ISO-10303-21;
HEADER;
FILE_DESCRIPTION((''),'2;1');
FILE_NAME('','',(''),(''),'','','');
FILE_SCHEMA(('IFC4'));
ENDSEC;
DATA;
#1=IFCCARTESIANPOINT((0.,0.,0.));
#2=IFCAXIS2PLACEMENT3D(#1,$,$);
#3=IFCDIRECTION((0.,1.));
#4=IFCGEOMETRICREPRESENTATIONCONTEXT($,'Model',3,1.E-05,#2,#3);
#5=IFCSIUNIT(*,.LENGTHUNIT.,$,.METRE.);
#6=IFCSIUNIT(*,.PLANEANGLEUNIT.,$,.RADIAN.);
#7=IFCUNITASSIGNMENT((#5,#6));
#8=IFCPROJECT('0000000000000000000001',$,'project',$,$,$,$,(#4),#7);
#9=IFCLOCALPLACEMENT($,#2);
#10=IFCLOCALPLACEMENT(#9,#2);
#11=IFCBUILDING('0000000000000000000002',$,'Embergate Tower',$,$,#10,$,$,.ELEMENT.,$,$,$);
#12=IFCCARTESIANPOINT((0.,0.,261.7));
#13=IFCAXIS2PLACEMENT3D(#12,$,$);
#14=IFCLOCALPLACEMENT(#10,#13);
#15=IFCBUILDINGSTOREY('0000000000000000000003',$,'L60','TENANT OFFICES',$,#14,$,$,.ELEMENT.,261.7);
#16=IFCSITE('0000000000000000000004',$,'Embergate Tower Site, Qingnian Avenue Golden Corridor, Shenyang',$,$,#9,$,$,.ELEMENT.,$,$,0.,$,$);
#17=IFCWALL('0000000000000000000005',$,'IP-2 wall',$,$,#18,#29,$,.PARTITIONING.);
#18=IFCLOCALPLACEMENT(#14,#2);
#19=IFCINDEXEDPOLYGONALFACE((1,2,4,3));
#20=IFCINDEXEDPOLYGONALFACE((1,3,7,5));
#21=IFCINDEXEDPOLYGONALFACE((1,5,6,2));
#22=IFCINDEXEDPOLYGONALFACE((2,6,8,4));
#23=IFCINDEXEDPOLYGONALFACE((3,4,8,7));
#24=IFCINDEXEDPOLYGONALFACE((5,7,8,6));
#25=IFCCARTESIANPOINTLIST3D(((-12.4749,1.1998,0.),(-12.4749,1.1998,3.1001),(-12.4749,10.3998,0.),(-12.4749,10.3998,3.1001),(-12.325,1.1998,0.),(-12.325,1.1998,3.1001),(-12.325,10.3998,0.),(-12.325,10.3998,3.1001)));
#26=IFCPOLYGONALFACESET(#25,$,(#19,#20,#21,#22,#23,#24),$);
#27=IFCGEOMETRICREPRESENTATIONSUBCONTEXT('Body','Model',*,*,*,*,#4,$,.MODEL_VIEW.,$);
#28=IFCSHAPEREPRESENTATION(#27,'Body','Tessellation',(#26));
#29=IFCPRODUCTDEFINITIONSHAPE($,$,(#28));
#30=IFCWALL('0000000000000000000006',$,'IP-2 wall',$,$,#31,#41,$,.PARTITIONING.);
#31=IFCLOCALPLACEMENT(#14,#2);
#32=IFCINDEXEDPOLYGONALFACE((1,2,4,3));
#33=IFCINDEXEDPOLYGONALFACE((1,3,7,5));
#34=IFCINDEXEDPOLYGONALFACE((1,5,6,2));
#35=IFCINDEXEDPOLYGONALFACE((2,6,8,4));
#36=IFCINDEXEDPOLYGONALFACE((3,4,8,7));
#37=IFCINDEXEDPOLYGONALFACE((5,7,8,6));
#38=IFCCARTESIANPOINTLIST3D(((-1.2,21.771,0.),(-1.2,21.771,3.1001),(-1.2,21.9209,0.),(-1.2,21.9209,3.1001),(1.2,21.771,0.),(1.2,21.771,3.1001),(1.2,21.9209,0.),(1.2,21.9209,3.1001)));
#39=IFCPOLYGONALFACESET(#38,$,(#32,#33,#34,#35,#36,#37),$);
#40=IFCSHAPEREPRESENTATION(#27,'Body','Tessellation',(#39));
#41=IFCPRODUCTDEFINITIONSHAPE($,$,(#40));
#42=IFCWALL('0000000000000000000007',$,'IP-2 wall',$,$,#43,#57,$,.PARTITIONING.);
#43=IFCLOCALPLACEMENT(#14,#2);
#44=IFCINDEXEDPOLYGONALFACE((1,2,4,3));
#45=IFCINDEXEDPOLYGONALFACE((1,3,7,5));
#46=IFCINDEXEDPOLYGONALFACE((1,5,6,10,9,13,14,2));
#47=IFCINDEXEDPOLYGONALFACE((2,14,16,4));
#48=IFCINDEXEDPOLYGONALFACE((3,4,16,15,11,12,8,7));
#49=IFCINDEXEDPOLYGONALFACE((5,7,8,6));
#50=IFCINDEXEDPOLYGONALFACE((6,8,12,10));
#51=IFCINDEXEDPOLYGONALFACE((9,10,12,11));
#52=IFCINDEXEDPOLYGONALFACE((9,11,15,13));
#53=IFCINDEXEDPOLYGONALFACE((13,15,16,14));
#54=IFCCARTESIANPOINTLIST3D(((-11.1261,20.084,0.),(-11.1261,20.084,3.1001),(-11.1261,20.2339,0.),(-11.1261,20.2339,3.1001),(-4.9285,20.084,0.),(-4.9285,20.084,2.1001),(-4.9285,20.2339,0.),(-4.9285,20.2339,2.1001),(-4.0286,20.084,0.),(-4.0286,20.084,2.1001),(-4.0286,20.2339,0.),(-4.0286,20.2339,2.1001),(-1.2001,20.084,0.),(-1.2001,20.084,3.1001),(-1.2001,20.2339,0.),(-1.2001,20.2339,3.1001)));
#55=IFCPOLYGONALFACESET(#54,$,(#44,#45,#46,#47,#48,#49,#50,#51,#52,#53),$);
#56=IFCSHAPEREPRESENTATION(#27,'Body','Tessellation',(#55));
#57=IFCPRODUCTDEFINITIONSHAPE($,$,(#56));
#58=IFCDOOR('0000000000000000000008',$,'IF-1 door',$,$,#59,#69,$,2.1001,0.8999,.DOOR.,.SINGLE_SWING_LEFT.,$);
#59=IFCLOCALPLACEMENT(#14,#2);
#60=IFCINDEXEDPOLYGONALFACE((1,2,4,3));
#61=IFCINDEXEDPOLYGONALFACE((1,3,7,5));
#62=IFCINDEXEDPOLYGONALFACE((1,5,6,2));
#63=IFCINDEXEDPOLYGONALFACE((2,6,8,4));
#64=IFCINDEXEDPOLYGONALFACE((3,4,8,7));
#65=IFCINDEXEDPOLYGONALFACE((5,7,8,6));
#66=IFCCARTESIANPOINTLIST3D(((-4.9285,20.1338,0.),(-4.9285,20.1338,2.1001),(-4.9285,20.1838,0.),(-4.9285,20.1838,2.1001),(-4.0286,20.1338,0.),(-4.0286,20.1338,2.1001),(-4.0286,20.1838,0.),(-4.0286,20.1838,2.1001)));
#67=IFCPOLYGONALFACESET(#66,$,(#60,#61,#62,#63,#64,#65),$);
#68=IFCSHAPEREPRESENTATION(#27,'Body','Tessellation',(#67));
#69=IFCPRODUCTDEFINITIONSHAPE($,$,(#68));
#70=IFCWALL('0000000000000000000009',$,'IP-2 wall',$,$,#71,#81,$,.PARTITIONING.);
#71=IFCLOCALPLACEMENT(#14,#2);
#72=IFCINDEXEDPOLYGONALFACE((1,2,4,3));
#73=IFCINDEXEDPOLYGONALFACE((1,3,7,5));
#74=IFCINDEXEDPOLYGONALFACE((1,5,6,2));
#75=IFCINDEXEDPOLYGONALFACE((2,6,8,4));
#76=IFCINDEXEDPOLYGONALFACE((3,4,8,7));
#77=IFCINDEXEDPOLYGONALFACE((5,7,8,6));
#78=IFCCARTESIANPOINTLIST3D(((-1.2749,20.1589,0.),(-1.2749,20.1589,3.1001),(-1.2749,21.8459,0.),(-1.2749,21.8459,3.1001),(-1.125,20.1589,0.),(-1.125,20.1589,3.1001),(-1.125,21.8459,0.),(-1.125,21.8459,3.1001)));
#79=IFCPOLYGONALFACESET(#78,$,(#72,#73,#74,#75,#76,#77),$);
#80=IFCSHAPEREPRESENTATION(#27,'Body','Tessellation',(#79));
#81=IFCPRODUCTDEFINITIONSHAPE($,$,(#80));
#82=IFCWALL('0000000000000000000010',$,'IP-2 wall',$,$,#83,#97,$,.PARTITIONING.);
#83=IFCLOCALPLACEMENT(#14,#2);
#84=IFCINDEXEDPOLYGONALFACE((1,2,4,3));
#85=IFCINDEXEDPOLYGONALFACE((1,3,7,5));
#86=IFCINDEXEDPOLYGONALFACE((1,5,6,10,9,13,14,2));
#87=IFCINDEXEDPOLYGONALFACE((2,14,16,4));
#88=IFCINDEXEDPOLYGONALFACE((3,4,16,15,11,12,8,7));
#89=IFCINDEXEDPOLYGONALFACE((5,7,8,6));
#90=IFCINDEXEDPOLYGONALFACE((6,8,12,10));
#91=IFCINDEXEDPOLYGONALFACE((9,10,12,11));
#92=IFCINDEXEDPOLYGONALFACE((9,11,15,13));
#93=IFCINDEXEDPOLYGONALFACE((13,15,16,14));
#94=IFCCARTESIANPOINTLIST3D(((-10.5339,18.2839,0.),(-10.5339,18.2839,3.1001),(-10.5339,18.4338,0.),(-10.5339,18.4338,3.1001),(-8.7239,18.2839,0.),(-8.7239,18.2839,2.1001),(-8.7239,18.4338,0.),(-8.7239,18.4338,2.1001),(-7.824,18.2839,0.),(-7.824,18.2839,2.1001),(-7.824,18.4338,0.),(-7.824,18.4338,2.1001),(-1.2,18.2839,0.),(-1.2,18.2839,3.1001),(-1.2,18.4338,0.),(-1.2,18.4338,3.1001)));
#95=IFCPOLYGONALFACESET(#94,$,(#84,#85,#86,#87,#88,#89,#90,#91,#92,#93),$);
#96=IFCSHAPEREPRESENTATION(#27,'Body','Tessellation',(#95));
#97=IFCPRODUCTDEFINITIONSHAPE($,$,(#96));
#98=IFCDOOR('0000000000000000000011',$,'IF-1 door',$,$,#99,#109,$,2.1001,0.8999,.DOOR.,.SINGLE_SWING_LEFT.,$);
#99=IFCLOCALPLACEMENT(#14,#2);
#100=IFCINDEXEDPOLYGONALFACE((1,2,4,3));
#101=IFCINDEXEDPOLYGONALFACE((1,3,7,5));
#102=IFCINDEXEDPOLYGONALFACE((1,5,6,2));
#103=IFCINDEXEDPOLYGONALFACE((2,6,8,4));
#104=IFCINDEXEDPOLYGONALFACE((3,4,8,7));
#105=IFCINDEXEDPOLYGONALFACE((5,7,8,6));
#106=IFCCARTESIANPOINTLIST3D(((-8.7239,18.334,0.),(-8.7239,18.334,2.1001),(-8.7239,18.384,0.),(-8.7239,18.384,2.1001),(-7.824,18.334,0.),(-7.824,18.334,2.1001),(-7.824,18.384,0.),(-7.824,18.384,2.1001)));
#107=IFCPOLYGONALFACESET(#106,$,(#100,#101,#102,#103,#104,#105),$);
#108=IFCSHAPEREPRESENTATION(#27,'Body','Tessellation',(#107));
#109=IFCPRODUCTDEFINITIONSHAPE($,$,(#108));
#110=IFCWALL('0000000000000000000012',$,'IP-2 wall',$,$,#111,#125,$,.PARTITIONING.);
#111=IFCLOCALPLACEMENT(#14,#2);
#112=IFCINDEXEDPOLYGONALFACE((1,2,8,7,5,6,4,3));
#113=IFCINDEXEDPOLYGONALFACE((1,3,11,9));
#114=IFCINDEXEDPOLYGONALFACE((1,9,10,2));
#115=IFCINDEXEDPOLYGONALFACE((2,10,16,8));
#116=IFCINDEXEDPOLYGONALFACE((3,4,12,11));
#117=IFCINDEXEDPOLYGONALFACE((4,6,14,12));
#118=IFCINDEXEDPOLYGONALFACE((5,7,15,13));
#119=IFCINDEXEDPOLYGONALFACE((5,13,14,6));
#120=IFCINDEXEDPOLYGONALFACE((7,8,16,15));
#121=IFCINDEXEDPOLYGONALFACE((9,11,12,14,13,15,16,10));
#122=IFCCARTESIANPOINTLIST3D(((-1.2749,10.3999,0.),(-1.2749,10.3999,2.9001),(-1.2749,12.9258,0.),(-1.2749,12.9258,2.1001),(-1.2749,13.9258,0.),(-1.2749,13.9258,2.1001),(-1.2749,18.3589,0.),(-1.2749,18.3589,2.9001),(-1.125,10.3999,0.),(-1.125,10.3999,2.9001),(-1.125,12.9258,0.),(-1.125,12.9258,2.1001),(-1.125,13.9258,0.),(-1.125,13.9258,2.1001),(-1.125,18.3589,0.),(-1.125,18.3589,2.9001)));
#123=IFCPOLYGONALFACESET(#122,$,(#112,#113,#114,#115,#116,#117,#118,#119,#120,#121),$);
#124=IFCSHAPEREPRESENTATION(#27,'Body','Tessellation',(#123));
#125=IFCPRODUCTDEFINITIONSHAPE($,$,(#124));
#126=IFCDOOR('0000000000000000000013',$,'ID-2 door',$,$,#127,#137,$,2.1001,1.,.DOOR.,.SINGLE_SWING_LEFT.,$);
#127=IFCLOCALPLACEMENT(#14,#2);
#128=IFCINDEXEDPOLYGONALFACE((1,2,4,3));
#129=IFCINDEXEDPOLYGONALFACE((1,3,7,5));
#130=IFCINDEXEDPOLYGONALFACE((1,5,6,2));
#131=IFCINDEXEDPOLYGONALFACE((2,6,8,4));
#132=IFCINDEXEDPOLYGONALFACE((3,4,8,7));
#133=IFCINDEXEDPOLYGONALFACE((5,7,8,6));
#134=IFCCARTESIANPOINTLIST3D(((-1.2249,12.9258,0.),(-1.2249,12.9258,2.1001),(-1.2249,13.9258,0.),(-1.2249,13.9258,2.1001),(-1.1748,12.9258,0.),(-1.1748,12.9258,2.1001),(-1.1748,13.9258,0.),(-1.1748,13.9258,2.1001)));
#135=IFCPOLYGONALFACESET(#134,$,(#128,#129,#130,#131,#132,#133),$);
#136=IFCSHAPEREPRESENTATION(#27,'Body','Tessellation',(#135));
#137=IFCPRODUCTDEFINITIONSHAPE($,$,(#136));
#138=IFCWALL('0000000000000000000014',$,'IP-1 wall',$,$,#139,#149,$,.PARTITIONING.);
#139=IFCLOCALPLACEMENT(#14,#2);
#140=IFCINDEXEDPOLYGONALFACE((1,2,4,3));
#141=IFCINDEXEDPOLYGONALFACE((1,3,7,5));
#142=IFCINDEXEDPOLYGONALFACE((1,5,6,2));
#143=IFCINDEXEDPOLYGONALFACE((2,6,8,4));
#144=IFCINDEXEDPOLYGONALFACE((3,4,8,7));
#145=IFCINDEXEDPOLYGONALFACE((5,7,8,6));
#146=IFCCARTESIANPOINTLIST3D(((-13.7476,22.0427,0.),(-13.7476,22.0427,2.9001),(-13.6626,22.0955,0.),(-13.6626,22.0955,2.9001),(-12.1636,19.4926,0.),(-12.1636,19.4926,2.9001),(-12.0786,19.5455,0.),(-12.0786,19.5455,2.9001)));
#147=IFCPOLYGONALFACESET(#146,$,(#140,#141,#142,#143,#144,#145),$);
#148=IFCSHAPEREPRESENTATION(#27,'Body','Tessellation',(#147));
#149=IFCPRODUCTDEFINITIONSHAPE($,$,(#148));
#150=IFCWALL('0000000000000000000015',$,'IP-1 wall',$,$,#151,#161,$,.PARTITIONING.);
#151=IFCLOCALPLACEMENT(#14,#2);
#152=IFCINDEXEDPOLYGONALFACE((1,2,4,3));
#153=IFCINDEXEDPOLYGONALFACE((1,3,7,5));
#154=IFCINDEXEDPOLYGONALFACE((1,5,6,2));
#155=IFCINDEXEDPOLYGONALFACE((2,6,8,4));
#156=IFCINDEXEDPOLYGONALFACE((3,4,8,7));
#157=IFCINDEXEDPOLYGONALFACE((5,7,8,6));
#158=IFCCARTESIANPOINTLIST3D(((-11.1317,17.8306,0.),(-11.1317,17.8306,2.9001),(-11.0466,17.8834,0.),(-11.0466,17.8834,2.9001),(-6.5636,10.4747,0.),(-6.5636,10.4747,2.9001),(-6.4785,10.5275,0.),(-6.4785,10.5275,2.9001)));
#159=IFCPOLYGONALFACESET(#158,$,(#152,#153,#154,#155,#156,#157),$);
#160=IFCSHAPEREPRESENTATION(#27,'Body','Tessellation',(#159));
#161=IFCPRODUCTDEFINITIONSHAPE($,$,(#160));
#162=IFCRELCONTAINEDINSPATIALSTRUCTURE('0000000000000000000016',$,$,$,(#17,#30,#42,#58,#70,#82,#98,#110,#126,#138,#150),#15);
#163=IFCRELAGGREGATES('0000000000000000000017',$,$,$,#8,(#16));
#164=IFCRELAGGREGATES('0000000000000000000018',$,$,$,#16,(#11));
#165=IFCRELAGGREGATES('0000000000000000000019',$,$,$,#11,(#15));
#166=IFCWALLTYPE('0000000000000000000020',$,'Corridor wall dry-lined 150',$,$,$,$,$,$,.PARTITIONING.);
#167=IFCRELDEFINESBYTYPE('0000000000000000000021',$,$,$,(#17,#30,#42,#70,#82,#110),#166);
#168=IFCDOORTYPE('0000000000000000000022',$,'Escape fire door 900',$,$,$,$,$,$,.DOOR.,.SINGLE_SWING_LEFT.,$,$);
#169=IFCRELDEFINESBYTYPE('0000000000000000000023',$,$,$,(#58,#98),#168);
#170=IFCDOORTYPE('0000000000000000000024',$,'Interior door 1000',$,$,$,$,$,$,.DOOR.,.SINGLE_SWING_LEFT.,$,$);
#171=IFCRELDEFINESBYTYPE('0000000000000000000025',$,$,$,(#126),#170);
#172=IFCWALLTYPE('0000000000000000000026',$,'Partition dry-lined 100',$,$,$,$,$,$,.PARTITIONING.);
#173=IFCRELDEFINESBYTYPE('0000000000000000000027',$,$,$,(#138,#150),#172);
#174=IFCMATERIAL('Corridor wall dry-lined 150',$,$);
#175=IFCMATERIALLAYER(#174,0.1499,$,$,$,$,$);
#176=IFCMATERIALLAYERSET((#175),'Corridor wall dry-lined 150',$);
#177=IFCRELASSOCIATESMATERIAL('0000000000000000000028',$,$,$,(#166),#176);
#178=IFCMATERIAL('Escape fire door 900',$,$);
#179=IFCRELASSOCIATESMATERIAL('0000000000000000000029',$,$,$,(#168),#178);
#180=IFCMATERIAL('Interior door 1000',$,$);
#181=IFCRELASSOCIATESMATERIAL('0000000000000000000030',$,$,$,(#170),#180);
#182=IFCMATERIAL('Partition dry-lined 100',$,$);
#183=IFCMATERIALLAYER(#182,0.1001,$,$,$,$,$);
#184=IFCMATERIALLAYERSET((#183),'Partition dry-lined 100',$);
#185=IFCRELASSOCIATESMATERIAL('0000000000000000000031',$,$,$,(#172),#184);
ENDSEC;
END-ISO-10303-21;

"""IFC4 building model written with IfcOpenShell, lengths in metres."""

from ifc_helpers import new_model, si_unit, direction, frame, frame_2d, origin, place, context, subcontext, project, spatial, rectangle, extrude, source, transform, mapped, material, layer, layer_set, type_object, element, fill, save


model = new_model("IFC4")

# Units and contexts
model_context = context("Model", 3, precision=1e-05, world=origin(), true_north=direction((0.0, 1.0)))
body_context = subcontext(model_context, "Body", "Model", "MODEL_VIEW")
ifc_project = project(units=[si_unit("LENGTHUNIT", "METRE"), si_unit("PLANEANGLEUNIT", "RADIAN")], contexts=[model_context])

# Site, building, storey
site_placement = place(None, origin())
site = spatial("IfcSite", under=ifc_project, at=site_placement, Name="Embergate Tower Site, Qingnian Avenue Golden Corridor, Shenyang", CompositionType="ELEMENT", RefElevation=0.0)
building_placement = place(site_placement, origin())
building = spatial("IfcBuilding", under=site, at=building_placement, Name="Embergate Tower", CompositionType="ELEMENT")
storey_placement = place(building_placement, frame((0.0, 0.0, 261.7)))
storey = spatial("IfcBuildingStorey", under=building, at=storey_placement, Name="L60", Description="TENANT OFFICES", CompositionType="ELEMENT", Elevation=261.7)

# Walls
ifc_material_1 = material(Name="Corridor wall dry-lined 150")
ifc_layer_1 = layer(ifc_material_1, 0.1499)
ifc_layer_set_1 = layer_set([ifc_layer_1], Name="Corridor wall dry-lined 150")
wall_type_1 = type_object("IfcWallType", Name="Corridor wall dry-lined 150", PredefinedType="PARTITIONING", material=ifc_layer_set_1)
shared_shape_1 = source(origin(), body_context, "Body", "SweptSolid", [
    extrude(rectangle(XDim=9.2, YDim=0.1499, at=frame_2d((4.6001, 0.0))), origin(), (0.0, 0.0, 1.0), 3.1001),
])
wall_1_placement = place(storey_placement, frame((-12.3999, 10.3999, 0.0), z_axis=(0.0, 0.0, 1.0), x_axis=(0.0, -1.0, 0.0)))
element("IfcWall", 1, at=wall_1_placement, inside=storey, type_object=wall_type_1, Name="IP-2 wall", PredefinedType="PARTITIONING", context=body_context, shape_type="MappedRepresentation", body=[
    mapped(shared_shape_1, transform((0.0, 0.0, 0.0))),
])
shared_shape_2 = source(origin(), body_context, "Body", "SweptSolid", [
    extrude(rectangle(XDim=2.3999, YDim=0.1499, at=frame_2d((1.2, 0.0))), origin(), (0.0, 0.0, 1.0), 3.1001),
])
wall_2_placement = place(storey_placement, frame((-1.2, 21.8459, 0.0), z_axis=(0.0, 0.0, 1.0), x_axis=(1.0, 0.0, 0.0)))
element("IfcWall", 2, at=wall_2_placement, inside=storey, type_object=wall_type_1, Name="IP-2 wall", PredefinedType="PARTITIONING", context=body_context, shape_type="MappedRepresentation", body=[
    mapped(shared_shape_2, transform((0.0, 0.0, 0.0))),
])

# Wall, opening, door
shared_shape_3 = source(origin(), body_context, "Body", "SweptSolid", [
    extrude(rectangle(XDim=9.926, YDim=0.1499, at=frame_2d((4.9629, 0.0))), origin(), (0.0, 0.0, 1.0), 3.1001),
])
wall_3_placement = place(storey_placement, frame((-11.126, 20.1589, 0.0), z_axis=(0.0, 0.0, 1.0), x_axis=(1.0, 0.0, 0.0)))
wall_3 = element("IfcWall", 3, at=wall_3_placement, inside=storey, type_object=wall_type_1, Name="IP-2 wall", PredefinedType="PARTITIONING", context=body_context, shape_type="MappedRepresentation", body=[
    mapped(shared_shape_3, transform((0.0, 0.0, 0.0))),
])
shared_shape_4 = source(origin(), body_context, "Body", "SweptSolid", [
    extrude(rectangle(XDim=0.8999, YDim=2.1001, at=frame_2d((0.45, 1.05))), frame((0.0, 0.085, 0.0), z_axis=(0.0, -1.0, 0.0), x_axis=(1.0, 0.0, 0.0)), (0.0, 0.0, 1.0), 0.1699),
])
opening_1_placement = place(wall_3_placement, frame((6.1975, 0.0, 0.0)))
opening_1 = element("IfcOpeningElement", 4, at=opening_1_placement, cuts=wall_3, PredefinedType="OPENING", context=body_context, shape_type="MappedRepresentation", body=[
    mapped(shared_shape_4, transform((0.0, 0.0, 0.0))),
])
ifc_material_2 = material(Name="Escape fire door 900")
door_type_1 = type_object("IfcDoorType", Name="Escape fire door 900", OperationType="SINGLE_SWING_LEFT", PredefinedType="DOOR", material=ifc_material_2)
shared_shape_5 = source(origin(), body_context, "Body", "SweptSolid", [
    extrude(rectangle(XDim=0.8999, YDim=2.1001, at=frame_2d((0.45, 1.05))), frame((0.0, 0.0249, 0.0), z_axis=(0.0, -1.0, 0.0), x_axis=(1.0, 0.0, 0.0)), (0.0, 0.0, 1.0), 0.05),
])
door_1_placement = place(opening_1_placement, origin())
door_1 = element("IfcDoor", 5, at=door_1_placement, inside=storey, type_object=door_type_1, Name="IF-1 door", OperationType="SINGLE_SWING_LEFT", OverallHeight=2.1001, OverallWidth=0.8999, PredefinedType="DOOR", context=body_context, shape_type="MappedRepresentation", body=[
    mapped(shared_shape_5, transform((0.0, 0.0, 0.0))),
])
fill(opening_1, door_1)

# Wall
shared_shape_6 = source(origin(), body_context, "Body", "SweptSolid", [
    extrude(rectangle(XDim=1.687, YDim=0.1499, at=frame_2d((0.8435, 0.0))), origin(), (0.0, 0.0, 1.0), 3.1001),
])
wall_4_placement = place(storey_placement, frame((-1.2, 20.1589, 0.0), z_axis=(0.0, 0.0, 1.0), x_axis=(0.0, 1.0, 0.0)))
element("IfcWall", 6, at=wall_4_placement, inside=storey, type_object=wall_type_1, Name="IP-2 wall", PredefinedType="PARTITIONING", context=body_context, shape_type="MappedRepresentation", body=[
    mapped(shared_shape_6, transform((0.0, 0.0, 0.0))),
])

# Walls, openings, doors
shared_shape_7 = source(origin(), body_context, "Body", "SweptSolid", [
    extrude(rectangle(XDim=9.334, YDim=0.1499, at=frame_2d((4.667, 0.0))), origin(), (0.0, 0.0, 1.0), 3.1001),
])
wall_5_placement = place(storey_placement, frame((-1.2, 18.3589, 0.0), z_axis=(0.0, 0.0, 1.0), x_axis=(-1.0, 0.0, 0.0)))
wall_5 = element("IfcWall", 7, at=wall_5_placement, inside=storey, type_object=wall_type_1, Name="IP-2 wall", PredefinedType="PARTITIONING", context=body_context, shape_type="MappedRepresentation", body=[
    mapped(shared_shape_7, transform((0.0, 0.0, 0.0))),
])
opening_2_placement = place(wall_5_placement, frame((6.624, 0.0, 0.0)))
opening_2 = element("IfcOpeningElement", 8, at=opening_2_placement, cuts=wall_5, PredefinedType="OPENING", context=body_context, shape_type="MappedRepresentation", body=[
    mapped(shared_shape_4, transform((0.0, 0.0, 0.0))),
])
door_2_placement = place(opening_2_placement, origin())
door_2 = element("IfcDoor", 9, at=door_2_placement, inside=storey, type_object=door_type_1, Name="IF-1 door", OperationType="SINGLE_SWING_LEFT", OverallHeight=2.1001, OverallWidth=0.8999, PredefinedType="DOOR", context=body_context, shape_type="MappedRepresentation", body=[
    mapped(shared_shape_5, transform((0.0, 0.0, 0.0))),
])
fill(opening_2, door_2)
shared_shape_8 = source(origin(), body_context, "Body", "SweptSolid", [
    extrude(rectangle(XDim=7.959, YDim=0.1499, at=frame_2d((3.9795, 0.0))), origin(), (0.0, 0.0, 1.0), 2.9001),
])
wall_6_placement = place(storey_placement, frame((-1.2, 10.3999, 0.0), z_axis=(0.0, 0.0, 1.0), x_axis=(0.0, 1.0, 0.0)))
wall_6 = element("IfcWall", 10, at=wall_6_placement, inside=storey, type_object=wall_type_1, Name="IP-2 wall", PredefinedType="PARTITIONING", context=body_context, shape_type="MappedRepresentation", body=[
    mapped(shared_shape_8, transform((0.0, 0.0, 0.0))),
])
shared_shape_9 = source(origin(), body_context, "Body", "SweptSolid", [
    extrude(rectangle(XDim=1.0, YDim=2.1001, at=frame_2d((0.5, 1.05))), frame((0.0, 0.085, 0.0), z_axis=(0.0, -1.0, 0.0), x_axis=(1.0, 0.0, 0.0)), (0.0, 0.0, 1.0), 0.1699),
])
opening_3_placement = place(wall_6_placement, frame((2.5259, 0.0, 0.0)))
opening_3 = element("IfcOpeningElement", 11, at=opening_3_placement, cuts=wall_6, PredefinedType="OPENING", context=body_context, shape_type="MappedRepresentation", body=[
    mapped(shared_shape_9, transform((0.0, 0.0, 0.0))),
])
ifc_material_3 = material(Name="Interior door 1000")
door_type_2 = type_object("IfcDoorType", Name="Interior door 1000", OperationType="SINGLE_SWING_LEFT", PredefinedType="DOOR", material=ifc_material_3)
shared_shape_10 = source(origin(), body_context, "Body", "SweptSolid", [
    extrude(rectangle(XDim=1.0, YDim=2.1001, at=frame_2d((0.5, 1.05))), frame((0.0, 0.0249, 0.0), z_axis=(0.0, -1.0, 0.0), x_axis=(1.0, 0.0, 0.0)), (0.0, 0.0, 1.0), 0.05),
])
door_3_placement = place(opening_3_placement, origin())
door_3 = element("IfcDoor", 12, at=door_3_placement, inside=storey, type_object=door_type_2, Name="ID-2 door", OperationType="SINGLE_SWING_LEFT", OverallHeight=2.1001, OverallWidth=1.0, PredefinedType="DOOR", context=body_context, shape_type="MappedRepresentation", body=[
    mapped(shared_shape_10, transform((0.0, 0.0, 0.0))),
])
fill(opening_3, door_3)

# Walls
ifc_material_4 = material(Name="Partition dry-lined 100")
ifc_layer_2 = layer(ifc_material_4, 0.1001)
ifc_layer_set_2 = layer_set([ifc_layer_2], Name="Partition dry-lined 100")
wall_type_2 = type_object("IfcWallType", Name="Partition dry-lined 100", PredefinedType="PARTITIONING", material=ifc_layer_set_2)
shared_shape_11 = source(origin(), body_context, "Body", "SweptSolid", [
    extrude(rectangle(XDim=3.002, YDim=0.1001, at=frame_2d((1.501, 0.0))), origin(), (0.0, 0.0, 1.0), 2.9001),
])
wall_7_placement = place(storey_placement, frame((-12.1211, 19.519, 0.0), z_axis=(0.0, 0.0, 1.0), x_axis=(-0.52765, 0.849462, 0.0)))
element("IfcWall", 13, at=wall_7_placement, inside=storey, type_object=wall_type_2, Name="IP-1 wall", PredefinedType="PARTITIONING", context=body_context, shape_type="MappedRepresentation", body=[
    mapped(shared_shape_11, transform((0.0, 0.0, 0.0))),
])
shared_shape_12 = source(origin(), body_context, "Body", "SweptSolid", [
    extrude(rectangle(XDim=8.6589, YDim=0.1001, at=frame_2d((4.3296, 0.0))), origin(), (0.0, 0.0, 1.0), 2.9001),
])
wall_8_placement = place(storey_placement, frame((-6.521, 10.501, 0.0), z_axis=(0.0, 0.0, 1.0), x_axis=(-0.527559, 0.849519, 0.0)))
element("IfcWall", 14, at=wall_8_placement, inside=storey, type_object=wall_type_2, Name="IP-1 wall", PredefinedType="PARTITIONING", context=body_context, shape_type="MappedRepresentation", body=[
    mapped(shared_shape_12, transform((0.0, 0.0, 0.0))),
])

save(model, "model.ifc")
